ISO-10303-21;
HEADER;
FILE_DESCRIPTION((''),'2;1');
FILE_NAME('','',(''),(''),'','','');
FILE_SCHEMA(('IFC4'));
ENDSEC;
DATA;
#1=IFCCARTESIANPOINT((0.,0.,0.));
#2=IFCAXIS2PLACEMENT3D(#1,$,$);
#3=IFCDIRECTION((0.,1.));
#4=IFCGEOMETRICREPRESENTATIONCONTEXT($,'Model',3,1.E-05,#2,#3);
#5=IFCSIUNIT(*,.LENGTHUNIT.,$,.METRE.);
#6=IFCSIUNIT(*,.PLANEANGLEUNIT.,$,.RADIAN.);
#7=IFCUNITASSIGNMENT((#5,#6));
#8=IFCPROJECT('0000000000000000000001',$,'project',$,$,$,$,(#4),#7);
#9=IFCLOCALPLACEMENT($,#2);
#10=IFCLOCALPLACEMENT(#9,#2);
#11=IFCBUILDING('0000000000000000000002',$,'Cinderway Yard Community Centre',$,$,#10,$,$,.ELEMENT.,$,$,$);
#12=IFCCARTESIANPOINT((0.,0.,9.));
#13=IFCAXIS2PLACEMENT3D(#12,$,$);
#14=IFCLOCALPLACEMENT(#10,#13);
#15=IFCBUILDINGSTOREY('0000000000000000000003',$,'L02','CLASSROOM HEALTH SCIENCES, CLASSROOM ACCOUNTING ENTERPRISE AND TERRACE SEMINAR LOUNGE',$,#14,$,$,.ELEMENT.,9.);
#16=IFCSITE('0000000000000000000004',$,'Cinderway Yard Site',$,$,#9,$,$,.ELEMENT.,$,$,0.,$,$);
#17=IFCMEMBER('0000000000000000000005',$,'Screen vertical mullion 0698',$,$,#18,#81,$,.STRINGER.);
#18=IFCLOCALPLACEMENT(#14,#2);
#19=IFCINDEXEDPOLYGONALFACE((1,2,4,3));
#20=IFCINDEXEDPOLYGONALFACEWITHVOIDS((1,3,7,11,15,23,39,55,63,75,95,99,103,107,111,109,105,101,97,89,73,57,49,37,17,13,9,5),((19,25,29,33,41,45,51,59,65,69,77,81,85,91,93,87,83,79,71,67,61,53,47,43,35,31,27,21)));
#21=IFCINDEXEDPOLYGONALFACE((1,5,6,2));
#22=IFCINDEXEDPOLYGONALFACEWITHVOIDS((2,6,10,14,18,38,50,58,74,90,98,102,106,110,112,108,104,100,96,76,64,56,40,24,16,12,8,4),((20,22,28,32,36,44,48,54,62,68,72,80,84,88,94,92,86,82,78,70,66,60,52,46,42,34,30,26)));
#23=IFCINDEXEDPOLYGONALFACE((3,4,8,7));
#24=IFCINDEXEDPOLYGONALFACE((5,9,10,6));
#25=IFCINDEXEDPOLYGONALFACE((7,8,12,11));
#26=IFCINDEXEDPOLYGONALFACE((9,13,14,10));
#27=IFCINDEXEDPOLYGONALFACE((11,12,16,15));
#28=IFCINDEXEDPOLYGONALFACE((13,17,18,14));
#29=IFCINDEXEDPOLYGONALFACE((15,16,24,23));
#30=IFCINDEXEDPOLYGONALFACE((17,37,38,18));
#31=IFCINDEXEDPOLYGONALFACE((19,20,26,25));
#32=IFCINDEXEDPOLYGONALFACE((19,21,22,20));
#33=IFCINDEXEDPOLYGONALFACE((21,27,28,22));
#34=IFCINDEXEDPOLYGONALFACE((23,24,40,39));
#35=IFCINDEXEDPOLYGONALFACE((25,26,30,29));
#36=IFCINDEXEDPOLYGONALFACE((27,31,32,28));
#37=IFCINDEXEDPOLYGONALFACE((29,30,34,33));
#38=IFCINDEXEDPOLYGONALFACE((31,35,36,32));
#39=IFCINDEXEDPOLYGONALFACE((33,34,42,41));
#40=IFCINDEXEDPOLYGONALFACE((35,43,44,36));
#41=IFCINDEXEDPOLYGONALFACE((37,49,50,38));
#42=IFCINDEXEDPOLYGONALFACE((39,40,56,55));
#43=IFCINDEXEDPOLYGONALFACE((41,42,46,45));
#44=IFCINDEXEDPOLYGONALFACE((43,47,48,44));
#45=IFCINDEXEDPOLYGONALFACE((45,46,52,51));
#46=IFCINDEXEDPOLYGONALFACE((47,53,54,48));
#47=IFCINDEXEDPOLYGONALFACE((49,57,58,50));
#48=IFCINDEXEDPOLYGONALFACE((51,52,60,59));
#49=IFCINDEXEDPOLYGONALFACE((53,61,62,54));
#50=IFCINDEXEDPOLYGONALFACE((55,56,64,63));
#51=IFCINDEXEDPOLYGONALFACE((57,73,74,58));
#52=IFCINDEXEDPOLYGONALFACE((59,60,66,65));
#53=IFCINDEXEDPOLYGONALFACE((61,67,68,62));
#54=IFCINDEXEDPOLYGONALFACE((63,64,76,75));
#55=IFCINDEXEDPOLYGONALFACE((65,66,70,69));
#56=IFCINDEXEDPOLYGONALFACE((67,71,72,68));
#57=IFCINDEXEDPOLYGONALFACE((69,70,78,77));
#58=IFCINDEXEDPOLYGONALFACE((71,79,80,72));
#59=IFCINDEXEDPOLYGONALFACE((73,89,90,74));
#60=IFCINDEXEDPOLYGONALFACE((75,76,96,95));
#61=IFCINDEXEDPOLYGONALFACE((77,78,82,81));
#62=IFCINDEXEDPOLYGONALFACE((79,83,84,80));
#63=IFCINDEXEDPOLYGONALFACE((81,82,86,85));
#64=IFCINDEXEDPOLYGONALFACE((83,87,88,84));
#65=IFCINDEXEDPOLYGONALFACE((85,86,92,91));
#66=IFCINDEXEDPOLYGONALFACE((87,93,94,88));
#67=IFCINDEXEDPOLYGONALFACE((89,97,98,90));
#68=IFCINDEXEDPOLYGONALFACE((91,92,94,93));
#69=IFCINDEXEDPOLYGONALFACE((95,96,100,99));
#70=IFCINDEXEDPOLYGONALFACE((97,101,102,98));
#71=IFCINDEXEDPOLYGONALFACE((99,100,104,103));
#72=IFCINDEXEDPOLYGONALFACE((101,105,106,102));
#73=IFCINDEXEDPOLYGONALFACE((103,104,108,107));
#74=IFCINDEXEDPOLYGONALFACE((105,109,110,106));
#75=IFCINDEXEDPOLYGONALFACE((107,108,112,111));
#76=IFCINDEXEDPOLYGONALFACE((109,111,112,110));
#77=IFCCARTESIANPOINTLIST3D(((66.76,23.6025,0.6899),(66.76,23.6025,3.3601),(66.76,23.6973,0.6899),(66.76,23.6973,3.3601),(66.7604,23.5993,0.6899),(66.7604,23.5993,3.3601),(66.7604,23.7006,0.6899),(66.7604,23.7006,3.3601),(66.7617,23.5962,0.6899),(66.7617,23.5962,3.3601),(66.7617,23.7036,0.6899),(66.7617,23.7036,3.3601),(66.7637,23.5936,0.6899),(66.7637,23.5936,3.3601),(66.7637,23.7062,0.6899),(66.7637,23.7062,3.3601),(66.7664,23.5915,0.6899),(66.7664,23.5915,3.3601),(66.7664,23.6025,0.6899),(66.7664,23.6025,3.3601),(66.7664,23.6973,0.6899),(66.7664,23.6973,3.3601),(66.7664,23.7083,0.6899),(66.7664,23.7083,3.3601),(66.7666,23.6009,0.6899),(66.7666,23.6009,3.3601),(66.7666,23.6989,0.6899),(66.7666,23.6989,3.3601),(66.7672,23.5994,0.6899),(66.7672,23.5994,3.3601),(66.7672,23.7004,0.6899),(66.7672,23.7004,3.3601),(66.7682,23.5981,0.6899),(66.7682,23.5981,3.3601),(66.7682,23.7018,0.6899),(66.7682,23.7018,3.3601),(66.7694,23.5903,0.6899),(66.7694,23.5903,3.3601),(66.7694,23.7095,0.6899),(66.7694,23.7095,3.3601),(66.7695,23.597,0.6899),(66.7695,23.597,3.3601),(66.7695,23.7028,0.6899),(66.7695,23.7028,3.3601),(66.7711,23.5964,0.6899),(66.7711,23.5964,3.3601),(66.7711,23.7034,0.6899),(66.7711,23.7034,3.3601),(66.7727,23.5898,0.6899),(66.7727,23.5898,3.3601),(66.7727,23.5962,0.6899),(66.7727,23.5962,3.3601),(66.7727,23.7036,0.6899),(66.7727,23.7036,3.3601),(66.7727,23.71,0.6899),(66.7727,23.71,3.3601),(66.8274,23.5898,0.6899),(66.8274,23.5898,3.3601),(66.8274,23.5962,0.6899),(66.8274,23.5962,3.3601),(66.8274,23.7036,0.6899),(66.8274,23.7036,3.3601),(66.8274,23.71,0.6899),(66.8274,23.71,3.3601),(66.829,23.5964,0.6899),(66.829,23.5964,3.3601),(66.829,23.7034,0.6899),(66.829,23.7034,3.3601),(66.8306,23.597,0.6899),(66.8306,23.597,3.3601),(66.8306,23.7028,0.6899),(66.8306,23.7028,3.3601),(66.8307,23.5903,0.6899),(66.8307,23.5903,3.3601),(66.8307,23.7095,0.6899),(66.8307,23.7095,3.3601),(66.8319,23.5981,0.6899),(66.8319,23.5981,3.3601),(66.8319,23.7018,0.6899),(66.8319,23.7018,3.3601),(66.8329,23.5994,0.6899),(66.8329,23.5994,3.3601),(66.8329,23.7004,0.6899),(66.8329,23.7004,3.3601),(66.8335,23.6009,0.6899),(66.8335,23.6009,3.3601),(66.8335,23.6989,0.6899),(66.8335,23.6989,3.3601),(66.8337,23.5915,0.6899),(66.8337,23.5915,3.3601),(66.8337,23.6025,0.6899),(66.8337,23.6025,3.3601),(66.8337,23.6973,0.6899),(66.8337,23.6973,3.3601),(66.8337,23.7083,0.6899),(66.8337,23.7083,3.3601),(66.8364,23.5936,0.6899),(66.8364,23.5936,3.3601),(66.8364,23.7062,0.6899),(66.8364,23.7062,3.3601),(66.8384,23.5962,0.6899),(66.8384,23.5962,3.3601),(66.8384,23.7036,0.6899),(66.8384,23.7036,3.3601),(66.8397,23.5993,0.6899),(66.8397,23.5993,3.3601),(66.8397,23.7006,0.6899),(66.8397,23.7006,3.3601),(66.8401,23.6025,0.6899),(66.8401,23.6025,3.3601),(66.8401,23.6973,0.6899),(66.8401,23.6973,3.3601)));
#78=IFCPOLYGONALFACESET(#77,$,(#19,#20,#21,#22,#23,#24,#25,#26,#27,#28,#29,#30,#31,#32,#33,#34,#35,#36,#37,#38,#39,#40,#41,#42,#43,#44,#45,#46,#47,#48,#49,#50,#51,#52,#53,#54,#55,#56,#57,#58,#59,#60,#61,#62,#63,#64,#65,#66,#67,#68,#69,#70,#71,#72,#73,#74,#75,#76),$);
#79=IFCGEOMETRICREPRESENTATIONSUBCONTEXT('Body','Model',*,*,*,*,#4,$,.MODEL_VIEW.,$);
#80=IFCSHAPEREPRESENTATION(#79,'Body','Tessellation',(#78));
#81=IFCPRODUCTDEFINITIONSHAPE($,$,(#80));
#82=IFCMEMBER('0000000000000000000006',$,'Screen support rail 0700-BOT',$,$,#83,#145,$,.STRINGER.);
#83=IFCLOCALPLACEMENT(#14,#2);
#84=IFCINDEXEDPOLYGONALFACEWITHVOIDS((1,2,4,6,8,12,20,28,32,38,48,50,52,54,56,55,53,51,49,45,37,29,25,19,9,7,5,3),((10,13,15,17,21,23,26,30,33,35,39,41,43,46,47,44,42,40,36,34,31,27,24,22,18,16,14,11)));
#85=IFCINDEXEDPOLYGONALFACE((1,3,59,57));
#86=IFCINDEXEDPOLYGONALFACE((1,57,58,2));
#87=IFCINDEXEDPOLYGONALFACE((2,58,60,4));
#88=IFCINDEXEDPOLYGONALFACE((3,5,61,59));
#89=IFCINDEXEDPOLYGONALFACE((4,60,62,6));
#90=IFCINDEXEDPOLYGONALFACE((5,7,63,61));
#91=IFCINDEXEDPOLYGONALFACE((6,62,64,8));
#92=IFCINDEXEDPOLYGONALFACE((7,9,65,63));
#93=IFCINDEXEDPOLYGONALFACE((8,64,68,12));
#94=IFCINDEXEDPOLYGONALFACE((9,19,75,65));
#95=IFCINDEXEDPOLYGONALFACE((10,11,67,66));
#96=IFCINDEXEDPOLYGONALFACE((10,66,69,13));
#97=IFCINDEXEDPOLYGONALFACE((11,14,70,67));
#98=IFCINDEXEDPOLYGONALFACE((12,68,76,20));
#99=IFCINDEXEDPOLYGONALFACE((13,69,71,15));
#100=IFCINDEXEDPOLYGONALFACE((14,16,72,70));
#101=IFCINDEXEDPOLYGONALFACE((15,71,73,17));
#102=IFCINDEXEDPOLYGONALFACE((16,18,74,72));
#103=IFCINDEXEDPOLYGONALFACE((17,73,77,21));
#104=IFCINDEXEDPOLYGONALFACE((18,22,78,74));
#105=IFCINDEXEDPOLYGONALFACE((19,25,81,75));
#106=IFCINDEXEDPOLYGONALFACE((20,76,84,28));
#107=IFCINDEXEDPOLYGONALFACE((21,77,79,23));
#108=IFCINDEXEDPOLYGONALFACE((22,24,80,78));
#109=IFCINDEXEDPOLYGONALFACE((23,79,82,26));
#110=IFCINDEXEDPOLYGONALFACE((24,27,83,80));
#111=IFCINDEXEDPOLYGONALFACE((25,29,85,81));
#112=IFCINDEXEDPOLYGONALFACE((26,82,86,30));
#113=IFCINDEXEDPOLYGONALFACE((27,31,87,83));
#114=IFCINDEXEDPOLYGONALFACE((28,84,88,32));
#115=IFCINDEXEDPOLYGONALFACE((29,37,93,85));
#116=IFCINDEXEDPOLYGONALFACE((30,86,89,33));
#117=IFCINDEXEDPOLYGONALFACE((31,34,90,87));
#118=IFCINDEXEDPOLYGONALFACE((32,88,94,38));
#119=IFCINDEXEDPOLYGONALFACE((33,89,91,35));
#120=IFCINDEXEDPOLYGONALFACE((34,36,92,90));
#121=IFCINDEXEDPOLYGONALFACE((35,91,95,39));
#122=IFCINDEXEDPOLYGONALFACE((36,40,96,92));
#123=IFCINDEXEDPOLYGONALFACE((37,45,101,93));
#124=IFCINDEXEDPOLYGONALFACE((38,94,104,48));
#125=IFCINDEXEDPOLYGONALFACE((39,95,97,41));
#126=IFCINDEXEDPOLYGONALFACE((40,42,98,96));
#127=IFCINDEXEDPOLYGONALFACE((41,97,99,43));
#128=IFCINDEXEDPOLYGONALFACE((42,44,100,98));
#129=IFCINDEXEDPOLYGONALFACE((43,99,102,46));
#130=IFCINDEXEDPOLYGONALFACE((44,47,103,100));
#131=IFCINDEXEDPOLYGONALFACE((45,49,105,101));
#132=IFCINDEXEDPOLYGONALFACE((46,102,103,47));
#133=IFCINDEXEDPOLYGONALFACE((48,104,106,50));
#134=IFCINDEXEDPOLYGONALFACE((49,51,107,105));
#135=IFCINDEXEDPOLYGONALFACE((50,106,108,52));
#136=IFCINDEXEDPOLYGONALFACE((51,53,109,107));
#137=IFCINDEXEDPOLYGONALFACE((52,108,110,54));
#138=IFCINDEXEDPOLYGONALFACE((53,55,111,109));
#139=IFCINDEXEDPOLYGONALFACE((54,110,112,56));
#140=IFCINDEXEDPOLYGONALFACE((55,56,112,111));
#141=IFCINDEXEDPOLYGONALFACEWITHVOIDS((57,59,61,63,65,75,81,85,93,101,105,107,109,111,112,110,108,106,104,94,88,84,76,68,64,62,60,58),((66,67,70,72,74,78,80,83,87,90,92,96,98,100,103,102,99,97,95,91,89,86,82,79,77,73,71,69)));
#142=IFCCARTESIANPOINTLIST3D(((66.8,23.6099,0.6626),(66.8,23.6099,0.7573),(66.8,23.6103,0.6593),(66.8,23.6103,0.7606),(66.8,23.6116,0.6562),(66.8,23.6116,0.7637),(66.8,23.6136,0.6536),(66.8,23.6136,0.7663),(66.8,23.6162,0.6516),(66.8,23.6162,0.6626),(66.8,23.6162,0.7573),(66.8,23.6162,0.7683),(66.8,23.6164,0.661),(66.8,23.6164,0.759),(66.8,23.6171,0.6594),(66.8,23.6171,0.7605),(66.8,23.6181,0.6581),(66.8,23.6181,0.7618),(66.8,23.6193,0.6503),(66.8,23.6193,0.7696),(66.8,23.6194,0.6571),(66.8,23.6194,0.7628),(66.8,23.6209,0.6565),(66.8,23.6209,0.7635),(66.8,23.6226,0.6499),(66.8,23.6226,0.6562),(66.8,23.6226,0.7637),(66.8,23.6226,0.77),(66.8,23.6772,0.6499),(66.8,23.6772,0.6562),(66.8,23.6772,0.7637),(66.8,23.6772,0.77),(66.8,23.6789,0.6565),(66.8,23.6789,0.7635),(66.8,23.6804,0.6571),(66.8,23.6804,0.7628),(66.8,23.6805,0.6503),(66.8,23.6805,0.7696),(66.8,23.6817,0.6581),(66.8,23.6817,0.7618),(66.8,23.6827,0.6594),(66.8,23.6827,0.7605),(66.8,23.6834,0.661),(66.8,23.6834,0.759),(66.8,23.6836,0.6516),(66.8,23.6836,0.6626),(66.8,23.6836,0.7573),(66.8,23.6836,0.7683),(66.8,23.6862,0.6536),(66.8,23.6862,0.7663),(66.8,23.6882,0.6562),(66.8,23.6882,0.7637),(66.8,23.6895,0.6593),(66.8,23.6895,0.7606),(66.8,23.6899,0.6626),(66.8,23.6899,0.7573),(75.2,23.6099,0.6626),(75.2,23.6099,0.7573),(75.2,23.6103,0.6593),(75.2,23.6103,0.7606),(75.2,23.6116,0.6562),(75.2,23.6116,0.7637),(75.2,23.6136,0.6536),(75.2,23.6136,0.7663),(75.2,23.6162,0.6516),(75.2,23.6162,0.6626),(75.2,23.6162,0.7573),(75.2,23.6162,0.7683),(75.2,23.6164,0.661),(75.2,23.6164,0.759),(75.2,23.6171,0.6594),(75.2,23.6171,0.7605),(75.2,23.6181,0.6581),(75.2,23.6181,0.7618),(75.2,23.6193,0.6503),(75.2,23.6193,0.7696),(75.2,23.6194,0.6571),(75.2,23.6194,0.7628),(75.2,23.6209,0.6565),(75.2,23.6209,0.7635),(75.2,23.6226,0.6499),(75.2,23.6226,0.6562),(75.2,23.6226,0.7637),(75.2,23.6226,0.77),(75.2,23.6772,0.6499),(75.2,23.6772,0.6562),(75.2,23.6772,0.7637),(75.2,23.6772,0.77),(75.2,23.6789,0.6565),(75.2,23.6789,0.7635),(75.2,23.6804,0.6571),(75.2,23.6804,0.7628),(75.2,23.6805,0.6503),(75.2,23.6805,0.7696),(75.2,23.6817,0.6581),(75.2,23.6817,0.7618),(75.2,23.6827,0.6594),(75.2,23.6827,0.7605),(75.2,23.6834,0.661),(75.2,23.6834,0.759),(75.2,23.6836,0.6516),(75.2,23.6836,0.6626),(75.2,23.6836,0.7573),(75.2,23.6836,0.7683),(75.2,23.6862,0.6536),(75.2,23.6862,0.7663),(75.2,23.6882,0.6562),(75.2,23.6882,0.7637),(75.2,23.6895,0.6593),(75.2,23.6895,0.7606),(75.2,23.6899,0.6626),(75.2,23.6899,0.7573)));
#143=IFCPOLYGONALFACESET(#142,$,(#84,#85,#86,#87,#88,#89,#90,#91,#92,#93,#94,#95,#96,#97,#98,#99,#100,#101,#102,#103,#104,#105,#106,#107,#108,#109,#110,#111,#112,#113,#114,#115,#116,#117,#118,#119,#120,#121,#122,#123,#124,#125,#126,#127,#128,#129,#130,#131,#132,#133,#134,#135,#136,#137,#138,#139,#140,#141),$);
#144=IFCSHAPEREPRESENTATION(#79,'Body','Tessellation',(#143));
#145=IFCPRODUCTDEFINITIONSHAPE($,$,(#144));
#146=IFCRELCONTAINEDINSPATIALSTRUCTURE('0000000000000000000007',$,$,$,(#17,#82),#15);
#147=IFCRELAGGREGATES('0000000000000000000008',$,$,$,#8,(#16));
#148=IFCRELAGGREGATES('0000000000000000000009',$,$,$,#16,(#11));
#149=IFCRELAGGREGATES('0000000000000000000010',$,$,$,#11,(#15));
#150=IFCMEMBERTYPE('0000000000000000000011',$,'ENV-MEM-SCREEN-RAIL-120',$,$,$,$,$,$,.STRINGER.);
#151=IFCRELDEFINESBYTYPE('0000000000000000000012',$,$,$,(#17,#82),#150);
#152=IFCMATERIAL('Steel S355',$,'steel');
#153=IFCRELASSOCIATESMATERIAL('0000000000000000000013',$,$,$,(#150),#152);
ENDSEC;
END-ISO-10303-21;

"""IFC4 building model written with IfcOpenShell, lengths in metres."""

from ifc_helpers import new_model, si_unit, direction, frame, origin, origin_2d, place, context, subcontext, project, spatial, hollow_rectangle, extrude, material, material_profile, profile_set, type_object, element, save


model = new_model("IFC4")

# Units and contexts
model_context = context("Model", 3, precision=1e-05, world=origin(), true_north=direction((0.0, 1.0)))
body_context = subcontext(model_context, "Body", "Model", "MODEL_VIEW")
ifc_project = project(units=[si_unit("LENGTHUNIT", "METRE"), si_unit("PLANEANGLEUNIT", "RADIAN")], contexts=[model_context])

# Site, building, storey
site_placement = place(None, origin())
site = spatial("IfcSite", under=ifc_project, at=site_placement, Name="Cinderway Yard Site", CompositionType="ELEMENT", RefElevation=0.0)
building_placement = place(site_placement, origin())
building = spatial("IfcBuilding", under=site, at=building_placement, Name="Cinderway Yard Community Centre", CompositionType="ELEMENT")
storey_placement = place(building_placement, frame((0.0, 0.0, 9.0)))
storey = spatial("IfcBuildingStorey", under=building, at=storey_placement, Name="L02", Description="CLASSROOM HEALTH SCIENCES, CLASSROOM ACCOUNTING ENTERPRISE AND TERRACE SEMINAR LOUNGE", CompositionType="ELEMENT", Elevation=9.0)

# Members
ifc_material_1 = material(Name="Steel S355", Category="steel")
ifc_material_profile_1 = material_profile(ifc_material_1, hollow_rectangle(XDim=0.0801, YDim=0.1201, WallThickness=0.0063, InnerFilletRadius=0.0063, OuterFilletRadius=0.0127, at=origin_2d()), Name="Steel S355")
ifc_profile_set_1 = profile_set([ifc_material_profile_1], Name="Steel S355")
member_type_1 = type_object("IfcMemberType", Name="ENV-MEM-SCREEN-RAIL-120", PredefinedType="STRINGER", material=ifc_profile_set_1)
member_1_placement = place(storey_placement, frame((66.8, 23.6499, 0.6899), z_axis=(0.0, 0.0, 1.0), x_axis=(1.0, 0.0, 0.0)))
element("IfcMember", 1, at=member_1_placement, inside=storey, type_object=member_type_1, Name="Screen vertical mullion 0698", PredefinedType="STRINGER", context=body_context, shape_type="SweptSolid", body=[
    extrude(hollow_rectangle(XDim=0.0801, YDim=0.1201, WallThickness=0.0063, InnerFilletRadius=0.0063, OuterFilletRadius=0.0127, at=origin_2d()), origin(), (0.0, 0.0, 1.0), 2.6702),
])
for number, where, z_axis, x_axis, name in (
    (2, (66.8, 23.6499, 0.71), (1.0, 0.0, 0.0), (0.0, 1.0, 0.0), "Screen support rail 0700-BOT"),
):
    element("IfcMember", number, at=place(storey_placement, frame(where, z_axis=z_axis, x_axis=x_axis)), inside=storey, type_object=member_type_1, Name=name, PredefinedType="STRINGER", context=body_context, shape_type="SweptSolid", body=[
        extrude(hollow_rectangle(XDim=0.0801, YDim=0.1201, WallThickness=0.0063, InnerFilletRadius=0.0063, OuterFilletRadius=0.0127, at=origin_2d()), origin(), (0.0, 0.0, 1.0), 8.3999),
    ])

save(model, "model.ifc")
